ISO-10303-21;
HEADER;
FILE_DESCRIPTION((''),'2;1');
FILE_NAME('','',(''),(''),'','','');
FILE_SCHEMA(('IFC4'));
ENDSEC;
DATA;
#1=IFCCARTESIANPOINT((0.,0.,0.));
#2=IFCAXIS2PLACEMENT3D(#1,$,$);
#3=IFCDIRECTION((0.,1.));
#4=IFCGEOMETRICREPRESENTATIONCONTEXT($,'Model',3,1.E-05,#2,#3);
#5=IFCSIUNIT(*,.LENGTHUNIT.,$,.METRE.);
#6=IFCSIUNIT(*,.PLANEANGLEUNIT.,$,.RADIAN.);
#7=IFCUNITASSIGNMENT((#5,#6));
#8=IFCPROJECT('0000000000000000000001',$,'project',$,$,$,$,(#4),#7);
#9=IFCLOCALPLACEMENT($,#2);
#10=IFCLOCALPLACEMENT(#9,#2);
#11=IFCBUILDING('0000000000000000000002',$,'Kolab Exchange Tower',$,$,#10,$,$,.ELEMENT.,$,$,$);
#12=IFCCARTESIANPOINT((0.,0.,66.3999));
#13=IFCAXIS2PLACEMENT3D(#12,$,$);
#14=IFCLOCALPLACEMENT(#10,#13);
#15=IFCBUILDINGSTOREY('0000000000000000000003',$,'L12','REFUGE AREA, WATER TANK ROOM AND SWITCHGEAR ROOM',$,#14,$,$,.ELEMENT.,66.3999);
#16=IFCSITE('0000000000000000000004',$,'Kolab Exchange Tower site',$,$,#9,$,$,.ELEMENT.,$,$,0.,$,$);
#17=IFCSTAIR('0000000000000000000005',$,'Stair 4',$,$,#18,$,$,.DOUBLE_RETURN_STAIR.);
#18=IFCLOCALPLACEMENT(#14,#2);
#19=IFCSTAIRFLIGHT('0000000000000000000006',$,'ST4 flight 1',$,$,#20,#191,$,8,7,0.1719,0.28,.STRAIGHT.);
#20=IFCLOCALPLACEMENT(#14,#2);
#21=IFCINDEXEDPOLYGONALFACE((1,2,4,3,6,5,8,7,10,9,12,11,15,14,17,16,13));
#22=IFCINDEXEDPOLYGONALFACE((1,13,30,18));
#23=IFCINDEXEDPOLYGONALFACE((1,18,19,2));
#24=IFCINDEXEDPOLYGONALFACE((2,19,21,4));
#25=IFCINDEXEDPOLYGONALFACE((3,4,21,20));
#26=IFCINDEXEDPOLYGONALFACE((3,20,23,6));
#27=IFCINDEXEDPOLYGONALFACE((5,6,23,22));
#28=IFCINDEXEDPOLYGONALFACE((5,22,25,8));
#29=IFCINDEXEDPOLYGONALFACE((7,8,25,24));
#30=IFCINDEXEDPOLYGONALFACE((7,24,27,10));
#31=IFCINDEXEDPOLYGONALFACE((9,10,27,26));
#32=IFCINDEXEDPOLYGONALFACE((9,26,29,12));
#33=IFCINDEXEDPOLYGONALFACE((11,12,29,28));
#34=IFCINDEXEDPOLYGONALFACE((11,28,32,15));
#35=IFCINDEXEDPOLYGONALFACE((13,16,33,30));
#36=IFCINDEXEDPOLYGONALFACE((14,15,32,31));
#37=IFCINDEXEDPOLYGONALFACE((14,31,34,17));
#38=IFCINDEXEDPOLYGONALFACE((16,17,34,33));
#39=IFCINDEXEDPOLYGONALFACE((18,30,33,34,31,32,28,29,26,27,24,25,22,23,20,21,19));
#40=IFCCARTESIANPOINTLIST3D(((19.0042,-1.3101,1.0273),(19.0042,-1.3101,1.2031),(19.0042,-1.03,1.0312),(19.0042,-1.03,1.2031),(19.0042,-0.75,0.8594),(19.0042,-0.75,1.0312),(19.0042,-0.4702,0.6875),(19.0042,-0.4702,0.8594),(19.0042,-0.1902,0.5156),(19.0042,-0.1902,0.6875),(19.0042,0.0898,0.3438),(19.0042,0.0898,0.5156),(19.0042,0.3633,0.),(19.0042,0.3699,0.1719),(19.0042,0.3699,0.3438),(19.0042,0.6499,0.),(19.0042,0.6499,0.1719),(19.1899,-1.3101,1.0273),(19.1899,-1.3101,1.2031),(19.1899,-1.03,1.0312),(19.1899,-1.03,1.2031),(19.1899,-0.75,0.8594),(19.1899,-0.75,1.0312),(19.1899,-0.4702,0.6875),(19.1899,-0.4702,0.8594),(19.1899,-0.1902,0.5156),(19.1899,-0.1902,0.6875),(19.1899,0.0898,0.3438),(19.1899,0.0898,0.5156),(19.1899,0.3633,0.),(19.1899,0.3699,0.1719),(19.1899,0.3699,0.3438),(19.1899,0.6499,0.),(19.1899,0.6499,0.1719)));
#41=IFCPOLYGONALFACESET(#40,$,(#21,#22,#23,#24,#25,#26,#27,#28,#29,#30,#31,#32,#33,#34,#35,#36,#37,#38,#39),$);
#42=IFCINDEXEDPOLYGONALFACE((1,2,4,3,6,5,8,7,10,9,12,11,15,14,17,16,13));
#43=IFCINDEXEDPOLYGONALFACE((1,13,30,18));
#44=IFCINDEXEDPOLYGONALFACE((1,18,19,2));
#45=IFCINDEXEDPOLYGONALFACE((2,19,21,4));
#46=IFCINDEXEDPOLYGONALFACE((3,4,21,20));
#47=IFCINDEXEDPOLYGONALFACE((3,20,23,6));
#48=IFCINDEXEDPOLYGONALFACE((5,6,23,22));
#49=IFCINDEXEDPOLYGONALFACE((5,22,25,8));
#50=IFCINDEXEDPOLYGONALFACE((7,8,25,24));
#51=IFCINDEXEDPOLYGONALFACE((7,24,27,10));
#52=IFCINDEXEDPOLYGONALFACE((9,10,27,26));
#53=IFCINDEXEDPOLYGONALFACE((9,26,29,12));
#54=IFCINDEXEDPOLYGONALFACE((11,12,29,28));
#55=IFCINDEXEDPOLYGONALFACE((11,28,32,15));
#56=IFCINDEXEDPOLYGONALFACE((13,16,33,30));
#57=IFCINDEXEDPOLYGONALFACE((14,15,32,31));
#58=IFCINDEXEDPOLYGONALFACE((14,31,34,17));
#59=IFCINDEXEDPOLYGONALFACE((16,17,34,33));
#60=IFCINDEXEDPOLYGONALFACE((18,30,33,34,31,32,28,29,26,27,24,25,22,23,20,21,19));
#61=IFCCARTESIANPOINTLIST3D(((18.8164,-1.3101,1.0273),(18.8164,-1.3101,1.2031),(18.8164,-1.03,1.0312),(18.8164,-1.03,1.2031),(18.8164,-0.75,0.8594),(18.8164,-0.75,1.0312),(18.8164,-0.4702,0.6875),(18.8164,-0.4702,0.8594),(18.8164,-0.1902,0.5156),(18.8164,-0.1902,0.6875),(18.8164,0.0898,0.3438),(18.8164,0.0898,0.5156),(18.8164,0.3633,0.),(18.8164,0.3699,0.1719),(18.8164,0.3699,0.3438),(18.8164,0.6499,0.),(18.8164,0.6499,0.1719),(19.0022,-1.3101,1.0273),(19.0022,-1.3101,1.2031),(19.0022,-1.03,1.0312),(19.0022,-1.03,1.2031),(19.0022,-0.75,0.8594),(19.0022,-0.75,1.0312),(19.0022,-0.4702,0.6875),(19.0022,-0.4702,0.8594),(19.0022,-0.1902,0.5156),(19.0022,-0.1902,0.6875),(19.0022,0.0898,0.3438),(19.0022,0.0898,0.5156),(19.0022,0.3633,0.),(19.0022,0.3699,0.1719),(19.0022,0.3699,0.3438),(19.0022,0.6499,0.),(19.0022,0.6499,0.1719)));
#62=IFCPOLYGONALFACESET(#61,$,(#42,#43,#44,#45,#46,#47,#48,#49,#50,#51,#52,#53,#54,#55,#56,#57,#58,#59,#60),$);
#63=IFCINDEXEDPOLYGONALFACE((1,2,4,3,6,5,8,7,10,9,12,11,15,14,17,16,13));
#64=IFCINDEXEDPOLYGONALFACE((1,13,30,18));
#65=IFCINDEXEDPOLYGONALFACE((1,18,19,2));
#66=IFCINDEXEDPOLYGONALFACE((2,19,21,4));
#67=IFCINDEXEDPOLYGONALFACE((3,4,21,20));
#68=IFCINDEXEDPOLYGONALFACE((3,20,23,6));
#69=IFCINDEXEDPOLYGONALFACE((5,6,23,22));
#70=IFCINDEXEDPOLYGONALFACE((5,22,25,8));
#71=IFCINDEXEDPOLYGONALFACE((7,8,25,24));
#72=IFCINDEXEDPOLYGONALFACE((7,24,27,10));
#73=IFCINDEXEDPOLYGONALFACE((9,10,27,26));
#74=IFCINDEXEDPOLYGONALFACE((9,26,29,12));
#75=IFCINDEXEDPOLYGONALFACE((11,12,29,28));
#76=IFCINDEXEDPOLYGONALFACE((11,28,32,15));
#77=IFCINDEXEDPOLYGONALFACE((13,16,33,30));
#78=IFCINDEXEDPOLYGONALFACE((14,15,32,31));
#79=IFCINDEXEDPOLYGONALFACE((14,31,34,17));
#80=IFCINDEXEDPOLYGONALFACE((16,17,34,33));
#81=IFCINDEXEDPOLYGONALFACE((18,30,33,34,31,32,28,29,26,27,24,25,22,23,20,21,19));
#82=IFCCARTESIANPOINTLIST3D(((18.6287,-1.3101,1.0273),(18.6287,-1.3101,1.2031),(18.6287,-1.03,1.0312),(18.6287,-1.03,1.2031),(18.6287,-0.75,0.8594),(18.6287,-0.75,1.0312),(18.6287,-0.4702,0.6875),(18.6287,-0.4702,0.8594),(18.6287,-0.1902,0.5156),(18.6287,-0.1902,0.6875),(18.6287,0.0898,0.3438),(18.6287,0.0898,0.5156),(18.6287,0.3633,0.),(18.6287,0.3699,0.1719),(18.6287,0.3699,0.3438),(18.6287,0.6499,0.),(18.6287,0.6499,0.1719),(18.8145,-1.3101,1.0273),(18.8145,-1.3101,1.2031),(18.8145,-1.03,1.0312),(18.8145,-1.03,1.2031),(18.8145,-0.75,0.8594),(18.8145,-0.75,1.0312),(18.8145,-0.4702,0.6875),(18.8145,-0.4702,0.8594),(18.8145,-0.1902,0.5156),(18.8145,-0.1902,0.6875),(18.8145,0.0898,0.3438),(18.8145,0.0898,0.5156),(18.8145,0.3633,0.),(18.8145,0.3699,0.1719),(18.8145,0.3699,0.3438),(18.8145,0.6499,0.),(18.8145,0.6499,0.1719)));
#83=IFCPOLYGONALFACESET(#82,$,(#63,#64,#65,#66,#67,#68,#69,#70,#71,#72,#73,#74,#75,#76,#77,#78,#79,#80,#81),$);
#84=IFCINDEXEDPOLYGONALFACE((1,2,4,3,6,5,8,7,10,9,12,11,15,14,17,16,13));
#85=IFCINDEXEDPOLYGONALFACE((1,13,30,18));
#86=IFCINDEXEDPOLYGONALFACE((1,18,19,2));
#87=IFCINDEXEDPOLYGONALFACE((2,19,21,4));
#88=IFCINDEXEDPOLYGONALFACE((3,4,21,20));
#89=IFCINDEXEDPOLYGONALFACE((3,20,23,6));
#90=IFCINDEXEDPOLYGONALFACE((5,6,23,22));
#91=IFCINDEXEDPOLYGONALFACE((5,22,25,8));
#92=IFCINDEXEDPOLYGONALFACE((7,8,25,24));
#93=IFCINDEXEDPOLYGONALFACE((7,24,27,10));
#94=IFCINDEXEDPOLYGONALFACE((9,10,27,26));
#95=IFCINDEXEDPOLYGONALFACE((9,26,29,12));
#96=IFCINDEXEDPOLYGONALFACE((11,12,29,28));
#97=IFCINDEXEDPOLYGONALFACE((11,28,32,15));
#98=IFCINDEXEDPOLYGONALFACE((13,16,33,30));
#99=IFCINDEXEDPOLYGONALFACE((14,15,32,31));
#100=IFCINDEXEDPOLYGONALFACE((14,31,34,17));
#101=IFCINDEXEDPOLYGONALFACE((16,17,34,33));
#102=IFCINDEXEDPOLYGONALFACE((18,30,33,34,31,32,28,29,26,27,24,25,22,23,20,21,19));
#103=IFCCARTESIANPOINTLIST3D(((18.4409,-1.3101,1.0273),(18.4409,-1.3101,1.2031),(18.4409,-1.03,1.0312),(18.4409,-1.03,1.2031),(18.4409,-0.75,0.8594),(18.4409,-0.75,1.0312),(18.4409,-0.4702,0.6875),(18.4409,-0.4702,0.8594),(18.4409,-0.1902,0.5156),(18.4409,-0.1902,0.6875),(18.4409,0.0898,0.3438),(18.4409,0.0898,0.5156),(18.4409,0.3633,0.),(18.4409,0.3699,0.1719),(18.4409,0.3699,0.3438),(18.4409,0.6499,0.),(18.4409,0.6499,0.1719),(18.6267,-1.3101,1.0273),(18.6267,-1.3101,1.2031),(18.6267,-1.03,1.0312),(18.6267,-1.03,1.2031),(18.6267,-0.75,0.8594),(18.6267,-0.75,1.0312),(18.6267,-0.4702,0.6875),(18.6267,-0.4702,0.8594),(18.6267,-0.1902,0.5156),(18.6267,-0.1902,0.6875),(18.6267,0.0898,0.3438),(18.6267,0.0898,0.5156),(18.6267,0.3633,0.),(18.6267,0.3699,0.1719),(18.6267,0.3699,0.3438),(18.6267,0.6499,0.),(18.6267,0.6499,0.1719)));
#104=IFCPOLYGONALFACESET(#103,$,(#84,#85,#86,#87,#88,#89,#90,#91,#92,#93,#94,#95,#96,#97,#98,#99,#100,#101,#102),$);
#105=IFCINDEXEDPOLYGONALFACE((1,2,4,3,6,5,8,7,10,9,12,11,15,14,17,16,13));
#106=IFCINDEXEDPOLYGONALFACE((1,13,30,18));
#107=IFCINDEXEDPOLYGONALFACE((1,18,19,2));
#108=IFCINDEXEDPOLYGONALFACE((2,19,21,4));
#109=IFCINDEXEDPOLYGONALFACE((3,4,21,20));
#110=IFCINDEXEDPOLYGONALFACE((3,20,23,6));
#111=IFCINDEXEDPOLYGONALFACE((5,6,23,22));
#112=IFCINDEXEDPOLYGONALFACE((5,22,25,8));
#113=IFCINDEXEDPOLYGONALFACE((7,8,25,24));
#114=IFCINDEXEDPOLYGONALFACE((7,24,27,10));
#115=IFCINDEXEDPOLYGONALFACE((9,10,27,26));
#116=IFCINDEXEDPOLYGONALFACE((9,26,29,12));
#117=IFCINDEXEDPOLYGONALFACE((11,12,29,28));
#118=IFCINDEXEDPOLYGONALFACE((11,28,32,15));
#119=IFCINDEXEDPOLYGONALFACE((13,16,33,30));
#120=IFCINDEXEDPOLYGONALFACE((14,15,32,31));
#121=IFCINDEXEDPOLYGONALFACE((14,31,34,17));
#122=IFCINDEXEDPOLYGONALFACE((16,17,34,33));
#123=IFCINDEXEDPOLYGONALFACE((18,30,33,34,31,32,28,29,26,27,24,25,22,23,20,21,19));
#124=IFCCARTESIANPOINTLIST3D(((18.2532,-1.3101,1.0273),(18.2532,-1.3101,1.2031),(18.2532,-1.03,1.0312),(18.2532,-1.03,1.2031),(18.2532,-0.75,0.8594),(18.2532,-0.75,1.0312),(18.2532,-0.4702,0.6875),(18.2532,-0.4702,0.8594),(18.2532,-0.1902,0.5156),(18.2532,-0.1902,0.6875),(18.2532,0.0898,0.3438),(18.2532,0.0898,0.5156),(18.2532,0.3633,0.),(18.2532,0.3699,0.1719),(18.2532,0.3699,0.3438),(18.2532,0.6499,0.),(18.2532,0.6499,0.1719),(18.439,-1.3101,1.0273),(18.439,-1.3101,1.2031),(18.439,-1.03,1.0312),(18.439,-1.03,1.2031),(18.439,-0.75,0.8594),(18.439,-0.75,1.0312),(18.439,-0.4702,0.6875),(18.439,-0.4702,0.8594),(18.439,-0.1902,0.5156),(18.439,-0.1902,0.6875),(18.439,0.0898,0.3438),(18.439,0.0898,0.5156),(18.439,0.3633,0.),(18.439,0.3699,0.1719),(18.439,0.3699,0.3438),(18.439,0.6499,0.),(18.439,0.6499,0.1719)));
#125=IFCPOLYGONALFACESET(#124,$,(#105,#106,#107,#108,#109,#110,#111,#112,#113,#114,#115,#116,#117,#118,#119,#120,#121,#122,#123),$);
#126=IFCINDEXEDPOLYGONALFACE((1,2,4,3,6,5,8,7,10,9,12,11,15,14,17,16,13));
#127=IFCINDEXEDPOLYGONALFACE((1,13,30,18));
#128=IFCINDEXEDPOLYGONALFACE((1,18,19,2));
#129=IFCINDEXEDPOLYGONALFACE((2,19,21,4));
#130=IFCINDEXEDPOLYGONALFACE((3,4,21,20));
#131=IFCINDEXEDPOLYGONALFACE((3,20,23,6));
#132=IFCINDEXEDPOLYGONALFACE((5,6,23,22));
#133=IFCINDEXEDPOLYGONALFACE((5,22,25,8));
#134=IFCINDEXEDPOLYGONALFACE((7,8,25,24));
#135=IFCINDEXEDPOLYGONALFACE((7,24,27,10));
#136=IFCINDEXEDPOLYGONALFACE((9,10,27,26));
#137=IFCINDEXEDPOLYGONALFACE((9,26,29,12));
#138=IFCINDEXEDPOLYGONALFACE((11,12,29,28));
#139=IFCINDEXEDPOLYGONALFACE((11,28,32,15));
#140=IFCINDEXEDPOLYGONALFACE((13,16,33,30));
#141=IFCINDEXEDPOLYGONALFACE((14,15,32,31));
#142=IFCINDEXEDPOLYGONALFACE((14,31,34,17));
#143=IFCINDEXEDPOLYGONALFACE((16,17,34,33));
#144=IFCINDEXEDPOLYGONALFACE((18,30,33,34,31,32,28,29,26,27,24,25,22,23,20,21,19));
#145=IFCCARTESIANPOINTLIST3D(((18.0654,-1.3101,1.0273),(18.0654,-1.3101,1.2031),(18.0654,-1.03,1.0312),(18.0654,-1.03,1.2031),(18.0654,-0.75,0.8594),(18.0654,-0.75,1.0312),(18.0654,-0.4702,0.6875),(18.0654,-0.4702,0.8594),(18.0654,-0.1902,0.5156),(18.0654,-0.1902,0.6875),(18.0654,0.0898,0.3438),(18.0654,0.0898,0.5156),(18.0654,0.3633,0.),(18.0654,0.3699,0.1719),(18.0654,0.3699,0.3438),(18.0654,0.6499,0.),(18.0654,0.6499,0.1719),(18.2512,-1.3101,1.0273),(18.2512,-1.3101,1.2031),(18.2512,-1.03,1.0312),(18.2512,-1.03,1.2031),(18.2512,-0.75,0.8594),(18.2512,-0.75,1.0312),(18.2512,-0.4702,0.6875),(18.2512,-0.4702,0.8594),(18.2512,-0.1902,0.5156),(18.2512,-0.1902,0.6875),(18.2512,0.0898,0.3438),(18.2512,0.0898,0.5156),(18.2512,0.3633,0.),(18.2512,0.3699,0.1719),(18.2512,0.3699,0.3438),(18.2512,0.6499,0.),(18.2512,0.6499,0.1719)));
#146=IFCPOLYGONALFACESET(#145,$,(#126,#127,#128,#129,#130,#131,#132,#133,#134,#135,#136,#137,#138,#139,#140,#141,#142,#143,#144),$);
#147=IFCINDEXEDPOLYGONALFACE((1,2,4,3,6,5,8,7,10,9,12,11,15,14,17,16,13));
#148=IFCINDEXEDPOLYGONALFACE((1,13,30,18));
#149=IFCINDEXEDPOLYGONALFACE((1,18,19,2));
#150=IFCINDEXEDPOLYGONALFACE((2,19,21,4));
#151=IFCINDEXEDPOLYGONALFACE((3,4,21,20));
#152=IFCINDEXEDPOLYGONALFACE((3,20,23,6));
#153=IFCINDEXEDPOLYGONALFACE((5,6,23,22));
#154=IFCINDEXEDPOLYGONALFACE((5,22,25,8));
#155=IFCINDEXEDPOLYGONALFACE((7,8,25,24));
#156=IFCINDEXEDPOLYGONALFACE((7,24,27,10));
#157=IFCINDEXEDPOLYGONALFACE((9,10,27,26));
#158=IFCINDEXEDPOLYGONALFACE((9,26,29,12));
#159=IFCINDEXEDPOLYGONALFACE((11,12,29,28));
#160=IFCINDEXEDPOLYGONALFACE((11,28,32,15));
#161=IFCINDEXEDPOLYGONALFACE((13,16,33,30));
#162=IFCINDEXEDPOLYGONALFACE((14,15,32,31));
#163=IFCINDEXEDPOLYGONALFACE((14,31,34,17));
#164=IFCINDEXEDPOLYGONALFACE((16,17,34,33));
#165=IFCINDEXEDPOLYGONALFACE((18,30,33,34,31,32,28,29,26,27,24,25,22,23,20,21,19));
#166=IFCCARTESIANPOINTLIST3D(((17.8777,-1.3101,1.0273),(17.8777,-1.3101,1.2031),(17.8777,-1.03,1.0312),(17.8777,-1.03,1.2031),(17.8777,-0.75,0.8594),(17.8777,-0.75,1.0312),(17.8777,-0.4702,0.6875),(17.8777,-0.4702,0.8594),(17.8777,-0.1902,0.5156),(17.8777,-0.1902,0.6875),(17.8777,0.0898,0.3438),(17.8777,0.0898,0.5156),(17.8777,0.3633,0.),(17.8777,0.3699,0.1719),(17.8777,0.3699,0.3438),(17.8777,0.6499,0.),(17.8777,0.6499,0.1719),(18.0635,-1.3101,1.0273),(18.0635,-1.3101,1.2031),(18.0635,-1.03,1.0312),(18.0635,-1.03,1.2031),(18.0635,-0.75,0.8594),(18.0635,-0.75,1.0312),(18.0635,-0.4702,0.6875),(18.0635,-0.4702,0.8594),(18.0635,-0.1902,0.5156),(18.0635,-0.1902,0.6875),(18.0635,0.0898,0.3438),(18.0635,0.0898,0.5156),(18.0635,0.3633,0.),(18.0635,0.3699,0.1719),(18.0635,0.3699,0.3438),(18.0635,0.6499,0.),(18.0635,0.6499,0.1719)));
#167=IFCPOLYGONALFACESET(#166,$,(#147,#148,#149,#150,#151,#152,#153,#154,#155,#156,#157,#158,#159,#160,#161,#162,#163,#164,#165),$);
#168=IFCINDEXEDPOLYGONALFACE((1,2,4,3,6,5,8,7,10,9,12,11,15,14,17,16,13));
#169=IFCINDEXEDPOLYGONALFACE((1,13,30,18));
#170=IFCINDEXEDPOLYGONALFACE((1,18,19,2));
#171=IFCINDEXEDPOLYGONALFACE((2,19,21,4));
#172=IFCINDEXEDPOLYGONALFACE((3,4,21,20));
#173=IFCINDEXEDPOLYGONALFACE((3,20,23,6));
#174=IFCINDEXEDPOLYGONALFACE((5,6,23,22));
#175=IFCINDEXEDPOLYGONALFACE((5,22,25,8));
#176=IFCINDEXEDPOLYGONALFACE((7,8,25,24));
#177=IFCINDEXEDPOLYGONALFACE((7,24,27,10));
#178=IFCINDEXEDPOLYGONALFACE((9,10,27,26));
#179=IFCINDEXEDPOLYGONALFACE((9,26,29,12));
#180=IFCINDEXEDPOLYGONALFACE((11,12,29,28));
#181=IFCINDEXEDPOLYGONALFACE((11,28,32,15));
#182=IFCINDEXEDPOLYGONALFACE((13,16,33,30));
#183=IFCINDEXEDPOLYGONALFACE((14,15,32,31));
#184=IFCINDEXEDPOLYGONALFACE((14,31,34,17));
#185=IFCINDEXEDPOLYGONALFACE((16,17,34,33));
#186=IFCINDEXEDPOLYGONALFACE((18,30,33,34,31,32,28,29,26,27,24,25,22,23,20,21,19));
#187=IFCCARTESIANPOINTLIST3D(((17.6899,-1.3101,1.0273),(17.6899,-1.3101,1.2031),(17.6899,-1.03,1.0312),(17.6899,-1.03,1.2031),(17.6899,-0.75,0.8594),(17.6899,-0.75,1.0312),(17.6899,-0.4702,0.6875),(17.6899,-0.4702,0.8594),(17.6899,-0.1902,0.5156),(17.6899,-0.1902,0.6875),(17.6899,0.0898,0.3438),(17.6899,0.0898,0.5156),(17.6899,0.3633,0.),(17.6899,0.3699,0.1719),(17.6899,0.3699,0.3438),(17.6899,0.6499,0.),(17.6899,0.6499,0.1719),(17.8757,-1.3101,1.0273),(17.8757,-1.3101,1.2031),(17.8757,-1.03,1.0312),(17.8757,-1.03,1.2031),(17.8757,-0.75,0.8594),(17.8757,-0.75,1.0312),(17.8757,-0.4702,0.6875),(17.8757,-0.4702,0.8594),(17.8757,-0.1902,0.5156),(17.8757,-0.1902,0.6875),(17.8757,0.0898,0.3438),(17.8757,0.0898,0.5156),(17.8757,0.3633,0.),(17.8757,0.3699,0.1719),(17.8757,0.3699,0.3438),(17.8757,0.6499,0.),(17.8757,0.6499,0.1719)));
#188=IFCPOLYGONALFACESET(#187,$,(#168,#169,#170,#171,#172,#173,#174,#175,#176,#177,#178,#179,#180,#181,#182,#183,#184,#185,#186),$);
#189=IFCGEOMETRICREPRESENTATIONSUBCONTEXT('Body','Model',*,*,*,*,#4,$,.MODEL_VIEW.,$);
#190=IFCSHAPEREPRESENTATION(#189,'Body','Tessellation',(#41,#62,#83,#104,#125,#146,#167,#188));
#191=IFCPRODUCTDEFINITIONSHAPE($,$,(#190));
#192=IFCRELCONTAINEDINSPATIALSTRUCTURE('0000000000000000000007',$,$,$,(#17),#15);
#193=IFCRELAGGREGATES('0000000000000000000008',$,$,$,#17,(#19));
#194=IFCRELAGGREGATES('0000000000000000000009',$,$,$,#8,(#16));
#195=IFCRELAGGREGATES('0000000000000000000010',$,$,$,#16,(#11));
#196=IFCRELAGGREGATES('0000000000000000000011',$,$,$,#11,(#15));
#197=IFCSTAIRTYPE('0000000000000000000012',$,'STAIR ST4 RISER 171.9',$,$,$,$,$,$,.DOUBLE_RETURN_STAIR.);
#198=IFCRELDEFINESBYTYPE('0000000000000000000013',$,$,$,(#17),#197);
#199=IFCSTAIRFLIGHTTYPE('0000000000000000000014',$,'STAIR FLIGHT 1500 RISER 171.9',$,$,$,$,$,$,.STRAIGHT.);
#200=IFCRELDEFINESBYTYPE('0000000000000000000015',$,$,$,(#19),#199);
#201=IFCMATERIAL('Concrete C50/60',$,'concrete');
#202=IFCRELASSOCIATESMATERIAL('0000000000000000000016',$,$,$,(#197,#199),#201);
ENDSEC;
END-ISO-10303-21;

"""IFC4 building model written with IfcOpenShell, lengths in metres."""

from ifc_helpers import new_model, si_unit, direction, frame, origin, place, context, subcontext, project, spatial, polyline, outline, extrude, material, type_object, element, aggregate, save


model = new_model("IFC4")

# Units and contexts
model_context = context("Model", 3, precision=1e-05, world=origin(), true_north=direction((0.0, 1.0)))
body_context = subcontext(model_context, "Body", "Model", "MODEL_VIEW")
ifc_project = project(units=[si_unit("LENGTHUNIT", "METRE"), si_unit("PLANEANGLEUNIT", "RADIAN")], contexts=[model_context])

# Site, building, storey
site_placement = place(None, origin())
site = spatial("IfcSite", under=ifc_project, at=site_placement, Name="Kolab Exchange Tower site", CompositionType="ELEMENT", RefElevation=0.0)
building_placement = place(site_placement, origin())
building = spatial("IfcBuilding", under=site, at=building_placement, Name="Kolab Exchange Tower", CompositionType="ELEMENT")
storey_placement = place(building_placement, frame((0.0, 0.0, 66.3999)))
storey = spatial("IfcBuildingStorey", under=building, at=storey_placement, Name="L12", Description="REFUGE AREA, WATER TANK ROOM AND SWITCHGEAR ROOM", CompositionType="ELEMENT", Elevation=66.3999)

# Stair, stair flight
ifc_material_1 = material(Name="Concrete C50/60", Category="concrete")
stair_type = type_object("IfcStairType", Name="STAIR ST4 RISER 171.9", PredefinedType="DOUBLE_RETURN_STAIR", material=ifc_material_1)
stair_placement = place(storey_placement, origin())
stair = element("IfcStair", 1, at=stair_placement, inside=storey, type_object=stair_type, Name="Stair 4", PredefinedType="DOUBLE_RETURN_STAIR")
stair_flight_type = type_object("IfcStairFlightType", Name="STAIR FLIGHT 1500 RISER 171.9", PredefinedType="STRAIGHT", material=ifc_material_1)
stair_flight_1_placement = place(storey_placement, frame((18.4399, 0.6499, 0.0), z_axis=(0.0, 0.0, 1.0), x_axis=(0.0, -1.0, 0.0)))
stair_flight_1 = element("IfcStairFlight", 2, at=stair_flight_1_placement, type_object=stair_flight_type, Name="ST4 flight 1", NumberOfRisers=8, NumberOfTreads=7, PredefinedType="STRAIGHT", RiserHeight=0.1719, TreadLength=0.28, context=body_context, shape_type="SweptSolid", body=[
    extrude(outline(polyline([(0.0, 0.0), (0.0, 0.1719), (0.28, 0.1719), (0.28, 0.3438), (0.5601, 0.3438), (0.5601, 0.5156), (0.8401, 0.5156), (0.8401, 0.6875), (1.1201, 0.6875), (1.1201, 0.8594), (1.3999, 0.8594), (1.3999, 1.0312), (1.6799, 1.0312), (1.6799, 1.2031), (1.96, 1.2031), (1.96, 1.375), (1.96, 1.0273), (0.2866, 0.0), (0.0, 0.0)])), frame((0.0, 0.75, 0.0), z_axis=(0.0, -1.0, 0.0), x_axis=(1.0, 0.0, 0.0)), (0.0, 0.0, 1.0), 0.1858),
    extrude(outline(polyline([(0.0, 0.0), (0.0, 0.1719), (0.28, 0.1719), (0.28, 0.3438), (0.5601, 0.3438), (0.5601, 0.5156), (0.8401, 0.5156), (0.8401, 0.6875), (1.1201, 0.6875), (1.1201, 0.8594), (1.3999, 0.8594), (1.3999, 1.0312), (1.6799, 1.0312), (1.6799, 1.2031), (1.96, 1.2031), (1.96, 1.375), (1.96, 1.0273), (0.2866, 0.0), (0.0, 0.0)])), frame((0.0, 0.5623, 0.0), z_axis=(0.0, -1.0, 0.0), x_axis=(1.0, 0.0, 0.0)), (0.0, 0.0, 1.0), 0.1858),
    extrude(outline(polyline([(0.0, 0.0), (0.0, 0.1719), (0.28, 0.1719), (0.28, 0.3438), (0.5601, 0.3438), (0.5601, 0.5156), (0.8401, 0.5156), (0.8401, 0.6875), (1.1201, 0.6875), (1.1201, 0.8594), (1.3999, 0.8594), (1.3999, 1.0312), (1.6799, 1.0312), (1.6799, 1.2031), (1.96, 1.2031), (1.96, 1.375), (1.96, 1.0273), (0.2866, 0.0), (0.0, 0.0)])), frame((0.0, 0.3745, 0.0), z_axis=(0.0, -1.0, 0.0), x_axis=(1.0, 0.0, 0.0)), (0.0, 0.0, 1.0), 0.1858),
    extrude(outline(polyline([(0.0, 0.0), (0.0, 0.1719), (0.28, 0.1719), (0.28, 0.3438), (0.5601, 0.3438), (0.5601, 0.5156), (0.8401, 0.5156), (0.8401, 0.6875), (1.1201, 0.6875), (1.1201, 0.8594), (1.3999, 0.8594), (1.3999, 1.0312), (1.6799, 1.0312), (1.6799, 1.2031), (1.96, 1.2031), (1.96, 1.375), (1.96, 1.0273), (0.2866, 0.0), (0.0, 0.0)])), frame((0.0, 0.1868, 0.0), z_axis=(0.0, -1.0, 0.0), x_axis=(1.0, 0.0, 0.0)), (0.0, 0.0, 1.0), 0.1858),
    extrude(outline(polyline([(0.0, 0.0), (0.0, 0.1719), (0.28, 0.1719), (0.28, 0.3438), (0.5601, 0.3438), (0.5601, 0.5156), (0.8401, 0.5156), (0.8401, 0.6875), (1.1201, 0.6875), (1.1201, 0.8594), (1.3999, 0.8594), (1.3999, 1.0312), (1.6799, 1.0312), (1.6799, 1.2031), (1.96, 1.2031), (1.96, 1.375), (1.96, 1.0273), (0.2866, 0.0), (0.0, 0.0)])), frame((0.0, -0.001, 0.0), z_axis=(0.0, -1.0, 0.0), x_axis=(1.0, 0.0, 0.0)), (0.0, 0.0, 1.0), 0.1858),
    extrude(outline(polyline([(0.0, 0.0), (0.0, 0.1719), (0.28, 0.1719), (0.28, 0.3438), (0.5601, 0.3438), (0.5601, 0.5156), (0.8401, 0.5156), (0.8401, 0.6875), (1.1201, 0.6875), (1.1201, 0.8594), (1.3999, 0.8594), (1.3999, 1.0312), (1.6799, 1.0312), (1.6799, 1.2031), (1.96, 1.2031), (1.96, 1.375), (1.96, 1.0273), (0.2866, 0.0), (0.0, 0.0)])), frame((0.0, -0.1887, 0.0), z_axis=(0.0, -1.0, 0.0), x_axis=(1.0, 0.0, 0.0)), (0.0, 0.0, 1.0), 0.1858),
    extrude(outline(polyline([(0.0, 0.0), (0.0, 0.1719), (0.28, 0.1719), (0.28, 0.3438), (0.5601, 0.3438), (0.5601, 0.5156), (0.8401, 0.5156), (0.8401, 0.6875), (1.1201, 0.6875), (1.1201, 0.8594), (1.3999, 0.8594), (1.3999, 1.0312), (1.6799, 1.0312), (1.6799, 1.2031), (1.96, 1.2031), (1.96, 1.375), (1.96, 1.0273), (0.2866, 0.0), (0.0, 0.0)])), frame((0.0, -0.3765, 0.0), z_axis=(0.0, -1.0, 0.0), x_axis=(1.0, 0.0, 0.0)), (0.0, 0.0, 1.0), 0.1858),
    extrude(outline(polyline([(0.0, 0.0), (0.0, 0.1719), (0.28, 0.1719), (0.28, 0.3438), (0.5601, 0.3438), (0.5601, 0.5156), (0.8401, 0.5156), (0.8401, 0.6875), (1.1201, 0.6875), (1.1201, 0.8594), (1.3999, 0.8594), (1.3999, 1.0312), (1.6799, 1.0312), (1.6799, 1.2031), (1.96, 1.2031), (1.96, 1.375), (1.96, 1.0273), (0.2866, 0.0), (0.0, 0.0)])), frame((0.0, -0.5642, 0.0), z_axis=(0.0, -1.0, 0.0), x_axis=(1.0, 0.0, 0.0)), (0.0, 0.0, 1.0), 0.1858),
])
aggregate(stair, [stair_flight_1])

save(model, "model.ifc")
